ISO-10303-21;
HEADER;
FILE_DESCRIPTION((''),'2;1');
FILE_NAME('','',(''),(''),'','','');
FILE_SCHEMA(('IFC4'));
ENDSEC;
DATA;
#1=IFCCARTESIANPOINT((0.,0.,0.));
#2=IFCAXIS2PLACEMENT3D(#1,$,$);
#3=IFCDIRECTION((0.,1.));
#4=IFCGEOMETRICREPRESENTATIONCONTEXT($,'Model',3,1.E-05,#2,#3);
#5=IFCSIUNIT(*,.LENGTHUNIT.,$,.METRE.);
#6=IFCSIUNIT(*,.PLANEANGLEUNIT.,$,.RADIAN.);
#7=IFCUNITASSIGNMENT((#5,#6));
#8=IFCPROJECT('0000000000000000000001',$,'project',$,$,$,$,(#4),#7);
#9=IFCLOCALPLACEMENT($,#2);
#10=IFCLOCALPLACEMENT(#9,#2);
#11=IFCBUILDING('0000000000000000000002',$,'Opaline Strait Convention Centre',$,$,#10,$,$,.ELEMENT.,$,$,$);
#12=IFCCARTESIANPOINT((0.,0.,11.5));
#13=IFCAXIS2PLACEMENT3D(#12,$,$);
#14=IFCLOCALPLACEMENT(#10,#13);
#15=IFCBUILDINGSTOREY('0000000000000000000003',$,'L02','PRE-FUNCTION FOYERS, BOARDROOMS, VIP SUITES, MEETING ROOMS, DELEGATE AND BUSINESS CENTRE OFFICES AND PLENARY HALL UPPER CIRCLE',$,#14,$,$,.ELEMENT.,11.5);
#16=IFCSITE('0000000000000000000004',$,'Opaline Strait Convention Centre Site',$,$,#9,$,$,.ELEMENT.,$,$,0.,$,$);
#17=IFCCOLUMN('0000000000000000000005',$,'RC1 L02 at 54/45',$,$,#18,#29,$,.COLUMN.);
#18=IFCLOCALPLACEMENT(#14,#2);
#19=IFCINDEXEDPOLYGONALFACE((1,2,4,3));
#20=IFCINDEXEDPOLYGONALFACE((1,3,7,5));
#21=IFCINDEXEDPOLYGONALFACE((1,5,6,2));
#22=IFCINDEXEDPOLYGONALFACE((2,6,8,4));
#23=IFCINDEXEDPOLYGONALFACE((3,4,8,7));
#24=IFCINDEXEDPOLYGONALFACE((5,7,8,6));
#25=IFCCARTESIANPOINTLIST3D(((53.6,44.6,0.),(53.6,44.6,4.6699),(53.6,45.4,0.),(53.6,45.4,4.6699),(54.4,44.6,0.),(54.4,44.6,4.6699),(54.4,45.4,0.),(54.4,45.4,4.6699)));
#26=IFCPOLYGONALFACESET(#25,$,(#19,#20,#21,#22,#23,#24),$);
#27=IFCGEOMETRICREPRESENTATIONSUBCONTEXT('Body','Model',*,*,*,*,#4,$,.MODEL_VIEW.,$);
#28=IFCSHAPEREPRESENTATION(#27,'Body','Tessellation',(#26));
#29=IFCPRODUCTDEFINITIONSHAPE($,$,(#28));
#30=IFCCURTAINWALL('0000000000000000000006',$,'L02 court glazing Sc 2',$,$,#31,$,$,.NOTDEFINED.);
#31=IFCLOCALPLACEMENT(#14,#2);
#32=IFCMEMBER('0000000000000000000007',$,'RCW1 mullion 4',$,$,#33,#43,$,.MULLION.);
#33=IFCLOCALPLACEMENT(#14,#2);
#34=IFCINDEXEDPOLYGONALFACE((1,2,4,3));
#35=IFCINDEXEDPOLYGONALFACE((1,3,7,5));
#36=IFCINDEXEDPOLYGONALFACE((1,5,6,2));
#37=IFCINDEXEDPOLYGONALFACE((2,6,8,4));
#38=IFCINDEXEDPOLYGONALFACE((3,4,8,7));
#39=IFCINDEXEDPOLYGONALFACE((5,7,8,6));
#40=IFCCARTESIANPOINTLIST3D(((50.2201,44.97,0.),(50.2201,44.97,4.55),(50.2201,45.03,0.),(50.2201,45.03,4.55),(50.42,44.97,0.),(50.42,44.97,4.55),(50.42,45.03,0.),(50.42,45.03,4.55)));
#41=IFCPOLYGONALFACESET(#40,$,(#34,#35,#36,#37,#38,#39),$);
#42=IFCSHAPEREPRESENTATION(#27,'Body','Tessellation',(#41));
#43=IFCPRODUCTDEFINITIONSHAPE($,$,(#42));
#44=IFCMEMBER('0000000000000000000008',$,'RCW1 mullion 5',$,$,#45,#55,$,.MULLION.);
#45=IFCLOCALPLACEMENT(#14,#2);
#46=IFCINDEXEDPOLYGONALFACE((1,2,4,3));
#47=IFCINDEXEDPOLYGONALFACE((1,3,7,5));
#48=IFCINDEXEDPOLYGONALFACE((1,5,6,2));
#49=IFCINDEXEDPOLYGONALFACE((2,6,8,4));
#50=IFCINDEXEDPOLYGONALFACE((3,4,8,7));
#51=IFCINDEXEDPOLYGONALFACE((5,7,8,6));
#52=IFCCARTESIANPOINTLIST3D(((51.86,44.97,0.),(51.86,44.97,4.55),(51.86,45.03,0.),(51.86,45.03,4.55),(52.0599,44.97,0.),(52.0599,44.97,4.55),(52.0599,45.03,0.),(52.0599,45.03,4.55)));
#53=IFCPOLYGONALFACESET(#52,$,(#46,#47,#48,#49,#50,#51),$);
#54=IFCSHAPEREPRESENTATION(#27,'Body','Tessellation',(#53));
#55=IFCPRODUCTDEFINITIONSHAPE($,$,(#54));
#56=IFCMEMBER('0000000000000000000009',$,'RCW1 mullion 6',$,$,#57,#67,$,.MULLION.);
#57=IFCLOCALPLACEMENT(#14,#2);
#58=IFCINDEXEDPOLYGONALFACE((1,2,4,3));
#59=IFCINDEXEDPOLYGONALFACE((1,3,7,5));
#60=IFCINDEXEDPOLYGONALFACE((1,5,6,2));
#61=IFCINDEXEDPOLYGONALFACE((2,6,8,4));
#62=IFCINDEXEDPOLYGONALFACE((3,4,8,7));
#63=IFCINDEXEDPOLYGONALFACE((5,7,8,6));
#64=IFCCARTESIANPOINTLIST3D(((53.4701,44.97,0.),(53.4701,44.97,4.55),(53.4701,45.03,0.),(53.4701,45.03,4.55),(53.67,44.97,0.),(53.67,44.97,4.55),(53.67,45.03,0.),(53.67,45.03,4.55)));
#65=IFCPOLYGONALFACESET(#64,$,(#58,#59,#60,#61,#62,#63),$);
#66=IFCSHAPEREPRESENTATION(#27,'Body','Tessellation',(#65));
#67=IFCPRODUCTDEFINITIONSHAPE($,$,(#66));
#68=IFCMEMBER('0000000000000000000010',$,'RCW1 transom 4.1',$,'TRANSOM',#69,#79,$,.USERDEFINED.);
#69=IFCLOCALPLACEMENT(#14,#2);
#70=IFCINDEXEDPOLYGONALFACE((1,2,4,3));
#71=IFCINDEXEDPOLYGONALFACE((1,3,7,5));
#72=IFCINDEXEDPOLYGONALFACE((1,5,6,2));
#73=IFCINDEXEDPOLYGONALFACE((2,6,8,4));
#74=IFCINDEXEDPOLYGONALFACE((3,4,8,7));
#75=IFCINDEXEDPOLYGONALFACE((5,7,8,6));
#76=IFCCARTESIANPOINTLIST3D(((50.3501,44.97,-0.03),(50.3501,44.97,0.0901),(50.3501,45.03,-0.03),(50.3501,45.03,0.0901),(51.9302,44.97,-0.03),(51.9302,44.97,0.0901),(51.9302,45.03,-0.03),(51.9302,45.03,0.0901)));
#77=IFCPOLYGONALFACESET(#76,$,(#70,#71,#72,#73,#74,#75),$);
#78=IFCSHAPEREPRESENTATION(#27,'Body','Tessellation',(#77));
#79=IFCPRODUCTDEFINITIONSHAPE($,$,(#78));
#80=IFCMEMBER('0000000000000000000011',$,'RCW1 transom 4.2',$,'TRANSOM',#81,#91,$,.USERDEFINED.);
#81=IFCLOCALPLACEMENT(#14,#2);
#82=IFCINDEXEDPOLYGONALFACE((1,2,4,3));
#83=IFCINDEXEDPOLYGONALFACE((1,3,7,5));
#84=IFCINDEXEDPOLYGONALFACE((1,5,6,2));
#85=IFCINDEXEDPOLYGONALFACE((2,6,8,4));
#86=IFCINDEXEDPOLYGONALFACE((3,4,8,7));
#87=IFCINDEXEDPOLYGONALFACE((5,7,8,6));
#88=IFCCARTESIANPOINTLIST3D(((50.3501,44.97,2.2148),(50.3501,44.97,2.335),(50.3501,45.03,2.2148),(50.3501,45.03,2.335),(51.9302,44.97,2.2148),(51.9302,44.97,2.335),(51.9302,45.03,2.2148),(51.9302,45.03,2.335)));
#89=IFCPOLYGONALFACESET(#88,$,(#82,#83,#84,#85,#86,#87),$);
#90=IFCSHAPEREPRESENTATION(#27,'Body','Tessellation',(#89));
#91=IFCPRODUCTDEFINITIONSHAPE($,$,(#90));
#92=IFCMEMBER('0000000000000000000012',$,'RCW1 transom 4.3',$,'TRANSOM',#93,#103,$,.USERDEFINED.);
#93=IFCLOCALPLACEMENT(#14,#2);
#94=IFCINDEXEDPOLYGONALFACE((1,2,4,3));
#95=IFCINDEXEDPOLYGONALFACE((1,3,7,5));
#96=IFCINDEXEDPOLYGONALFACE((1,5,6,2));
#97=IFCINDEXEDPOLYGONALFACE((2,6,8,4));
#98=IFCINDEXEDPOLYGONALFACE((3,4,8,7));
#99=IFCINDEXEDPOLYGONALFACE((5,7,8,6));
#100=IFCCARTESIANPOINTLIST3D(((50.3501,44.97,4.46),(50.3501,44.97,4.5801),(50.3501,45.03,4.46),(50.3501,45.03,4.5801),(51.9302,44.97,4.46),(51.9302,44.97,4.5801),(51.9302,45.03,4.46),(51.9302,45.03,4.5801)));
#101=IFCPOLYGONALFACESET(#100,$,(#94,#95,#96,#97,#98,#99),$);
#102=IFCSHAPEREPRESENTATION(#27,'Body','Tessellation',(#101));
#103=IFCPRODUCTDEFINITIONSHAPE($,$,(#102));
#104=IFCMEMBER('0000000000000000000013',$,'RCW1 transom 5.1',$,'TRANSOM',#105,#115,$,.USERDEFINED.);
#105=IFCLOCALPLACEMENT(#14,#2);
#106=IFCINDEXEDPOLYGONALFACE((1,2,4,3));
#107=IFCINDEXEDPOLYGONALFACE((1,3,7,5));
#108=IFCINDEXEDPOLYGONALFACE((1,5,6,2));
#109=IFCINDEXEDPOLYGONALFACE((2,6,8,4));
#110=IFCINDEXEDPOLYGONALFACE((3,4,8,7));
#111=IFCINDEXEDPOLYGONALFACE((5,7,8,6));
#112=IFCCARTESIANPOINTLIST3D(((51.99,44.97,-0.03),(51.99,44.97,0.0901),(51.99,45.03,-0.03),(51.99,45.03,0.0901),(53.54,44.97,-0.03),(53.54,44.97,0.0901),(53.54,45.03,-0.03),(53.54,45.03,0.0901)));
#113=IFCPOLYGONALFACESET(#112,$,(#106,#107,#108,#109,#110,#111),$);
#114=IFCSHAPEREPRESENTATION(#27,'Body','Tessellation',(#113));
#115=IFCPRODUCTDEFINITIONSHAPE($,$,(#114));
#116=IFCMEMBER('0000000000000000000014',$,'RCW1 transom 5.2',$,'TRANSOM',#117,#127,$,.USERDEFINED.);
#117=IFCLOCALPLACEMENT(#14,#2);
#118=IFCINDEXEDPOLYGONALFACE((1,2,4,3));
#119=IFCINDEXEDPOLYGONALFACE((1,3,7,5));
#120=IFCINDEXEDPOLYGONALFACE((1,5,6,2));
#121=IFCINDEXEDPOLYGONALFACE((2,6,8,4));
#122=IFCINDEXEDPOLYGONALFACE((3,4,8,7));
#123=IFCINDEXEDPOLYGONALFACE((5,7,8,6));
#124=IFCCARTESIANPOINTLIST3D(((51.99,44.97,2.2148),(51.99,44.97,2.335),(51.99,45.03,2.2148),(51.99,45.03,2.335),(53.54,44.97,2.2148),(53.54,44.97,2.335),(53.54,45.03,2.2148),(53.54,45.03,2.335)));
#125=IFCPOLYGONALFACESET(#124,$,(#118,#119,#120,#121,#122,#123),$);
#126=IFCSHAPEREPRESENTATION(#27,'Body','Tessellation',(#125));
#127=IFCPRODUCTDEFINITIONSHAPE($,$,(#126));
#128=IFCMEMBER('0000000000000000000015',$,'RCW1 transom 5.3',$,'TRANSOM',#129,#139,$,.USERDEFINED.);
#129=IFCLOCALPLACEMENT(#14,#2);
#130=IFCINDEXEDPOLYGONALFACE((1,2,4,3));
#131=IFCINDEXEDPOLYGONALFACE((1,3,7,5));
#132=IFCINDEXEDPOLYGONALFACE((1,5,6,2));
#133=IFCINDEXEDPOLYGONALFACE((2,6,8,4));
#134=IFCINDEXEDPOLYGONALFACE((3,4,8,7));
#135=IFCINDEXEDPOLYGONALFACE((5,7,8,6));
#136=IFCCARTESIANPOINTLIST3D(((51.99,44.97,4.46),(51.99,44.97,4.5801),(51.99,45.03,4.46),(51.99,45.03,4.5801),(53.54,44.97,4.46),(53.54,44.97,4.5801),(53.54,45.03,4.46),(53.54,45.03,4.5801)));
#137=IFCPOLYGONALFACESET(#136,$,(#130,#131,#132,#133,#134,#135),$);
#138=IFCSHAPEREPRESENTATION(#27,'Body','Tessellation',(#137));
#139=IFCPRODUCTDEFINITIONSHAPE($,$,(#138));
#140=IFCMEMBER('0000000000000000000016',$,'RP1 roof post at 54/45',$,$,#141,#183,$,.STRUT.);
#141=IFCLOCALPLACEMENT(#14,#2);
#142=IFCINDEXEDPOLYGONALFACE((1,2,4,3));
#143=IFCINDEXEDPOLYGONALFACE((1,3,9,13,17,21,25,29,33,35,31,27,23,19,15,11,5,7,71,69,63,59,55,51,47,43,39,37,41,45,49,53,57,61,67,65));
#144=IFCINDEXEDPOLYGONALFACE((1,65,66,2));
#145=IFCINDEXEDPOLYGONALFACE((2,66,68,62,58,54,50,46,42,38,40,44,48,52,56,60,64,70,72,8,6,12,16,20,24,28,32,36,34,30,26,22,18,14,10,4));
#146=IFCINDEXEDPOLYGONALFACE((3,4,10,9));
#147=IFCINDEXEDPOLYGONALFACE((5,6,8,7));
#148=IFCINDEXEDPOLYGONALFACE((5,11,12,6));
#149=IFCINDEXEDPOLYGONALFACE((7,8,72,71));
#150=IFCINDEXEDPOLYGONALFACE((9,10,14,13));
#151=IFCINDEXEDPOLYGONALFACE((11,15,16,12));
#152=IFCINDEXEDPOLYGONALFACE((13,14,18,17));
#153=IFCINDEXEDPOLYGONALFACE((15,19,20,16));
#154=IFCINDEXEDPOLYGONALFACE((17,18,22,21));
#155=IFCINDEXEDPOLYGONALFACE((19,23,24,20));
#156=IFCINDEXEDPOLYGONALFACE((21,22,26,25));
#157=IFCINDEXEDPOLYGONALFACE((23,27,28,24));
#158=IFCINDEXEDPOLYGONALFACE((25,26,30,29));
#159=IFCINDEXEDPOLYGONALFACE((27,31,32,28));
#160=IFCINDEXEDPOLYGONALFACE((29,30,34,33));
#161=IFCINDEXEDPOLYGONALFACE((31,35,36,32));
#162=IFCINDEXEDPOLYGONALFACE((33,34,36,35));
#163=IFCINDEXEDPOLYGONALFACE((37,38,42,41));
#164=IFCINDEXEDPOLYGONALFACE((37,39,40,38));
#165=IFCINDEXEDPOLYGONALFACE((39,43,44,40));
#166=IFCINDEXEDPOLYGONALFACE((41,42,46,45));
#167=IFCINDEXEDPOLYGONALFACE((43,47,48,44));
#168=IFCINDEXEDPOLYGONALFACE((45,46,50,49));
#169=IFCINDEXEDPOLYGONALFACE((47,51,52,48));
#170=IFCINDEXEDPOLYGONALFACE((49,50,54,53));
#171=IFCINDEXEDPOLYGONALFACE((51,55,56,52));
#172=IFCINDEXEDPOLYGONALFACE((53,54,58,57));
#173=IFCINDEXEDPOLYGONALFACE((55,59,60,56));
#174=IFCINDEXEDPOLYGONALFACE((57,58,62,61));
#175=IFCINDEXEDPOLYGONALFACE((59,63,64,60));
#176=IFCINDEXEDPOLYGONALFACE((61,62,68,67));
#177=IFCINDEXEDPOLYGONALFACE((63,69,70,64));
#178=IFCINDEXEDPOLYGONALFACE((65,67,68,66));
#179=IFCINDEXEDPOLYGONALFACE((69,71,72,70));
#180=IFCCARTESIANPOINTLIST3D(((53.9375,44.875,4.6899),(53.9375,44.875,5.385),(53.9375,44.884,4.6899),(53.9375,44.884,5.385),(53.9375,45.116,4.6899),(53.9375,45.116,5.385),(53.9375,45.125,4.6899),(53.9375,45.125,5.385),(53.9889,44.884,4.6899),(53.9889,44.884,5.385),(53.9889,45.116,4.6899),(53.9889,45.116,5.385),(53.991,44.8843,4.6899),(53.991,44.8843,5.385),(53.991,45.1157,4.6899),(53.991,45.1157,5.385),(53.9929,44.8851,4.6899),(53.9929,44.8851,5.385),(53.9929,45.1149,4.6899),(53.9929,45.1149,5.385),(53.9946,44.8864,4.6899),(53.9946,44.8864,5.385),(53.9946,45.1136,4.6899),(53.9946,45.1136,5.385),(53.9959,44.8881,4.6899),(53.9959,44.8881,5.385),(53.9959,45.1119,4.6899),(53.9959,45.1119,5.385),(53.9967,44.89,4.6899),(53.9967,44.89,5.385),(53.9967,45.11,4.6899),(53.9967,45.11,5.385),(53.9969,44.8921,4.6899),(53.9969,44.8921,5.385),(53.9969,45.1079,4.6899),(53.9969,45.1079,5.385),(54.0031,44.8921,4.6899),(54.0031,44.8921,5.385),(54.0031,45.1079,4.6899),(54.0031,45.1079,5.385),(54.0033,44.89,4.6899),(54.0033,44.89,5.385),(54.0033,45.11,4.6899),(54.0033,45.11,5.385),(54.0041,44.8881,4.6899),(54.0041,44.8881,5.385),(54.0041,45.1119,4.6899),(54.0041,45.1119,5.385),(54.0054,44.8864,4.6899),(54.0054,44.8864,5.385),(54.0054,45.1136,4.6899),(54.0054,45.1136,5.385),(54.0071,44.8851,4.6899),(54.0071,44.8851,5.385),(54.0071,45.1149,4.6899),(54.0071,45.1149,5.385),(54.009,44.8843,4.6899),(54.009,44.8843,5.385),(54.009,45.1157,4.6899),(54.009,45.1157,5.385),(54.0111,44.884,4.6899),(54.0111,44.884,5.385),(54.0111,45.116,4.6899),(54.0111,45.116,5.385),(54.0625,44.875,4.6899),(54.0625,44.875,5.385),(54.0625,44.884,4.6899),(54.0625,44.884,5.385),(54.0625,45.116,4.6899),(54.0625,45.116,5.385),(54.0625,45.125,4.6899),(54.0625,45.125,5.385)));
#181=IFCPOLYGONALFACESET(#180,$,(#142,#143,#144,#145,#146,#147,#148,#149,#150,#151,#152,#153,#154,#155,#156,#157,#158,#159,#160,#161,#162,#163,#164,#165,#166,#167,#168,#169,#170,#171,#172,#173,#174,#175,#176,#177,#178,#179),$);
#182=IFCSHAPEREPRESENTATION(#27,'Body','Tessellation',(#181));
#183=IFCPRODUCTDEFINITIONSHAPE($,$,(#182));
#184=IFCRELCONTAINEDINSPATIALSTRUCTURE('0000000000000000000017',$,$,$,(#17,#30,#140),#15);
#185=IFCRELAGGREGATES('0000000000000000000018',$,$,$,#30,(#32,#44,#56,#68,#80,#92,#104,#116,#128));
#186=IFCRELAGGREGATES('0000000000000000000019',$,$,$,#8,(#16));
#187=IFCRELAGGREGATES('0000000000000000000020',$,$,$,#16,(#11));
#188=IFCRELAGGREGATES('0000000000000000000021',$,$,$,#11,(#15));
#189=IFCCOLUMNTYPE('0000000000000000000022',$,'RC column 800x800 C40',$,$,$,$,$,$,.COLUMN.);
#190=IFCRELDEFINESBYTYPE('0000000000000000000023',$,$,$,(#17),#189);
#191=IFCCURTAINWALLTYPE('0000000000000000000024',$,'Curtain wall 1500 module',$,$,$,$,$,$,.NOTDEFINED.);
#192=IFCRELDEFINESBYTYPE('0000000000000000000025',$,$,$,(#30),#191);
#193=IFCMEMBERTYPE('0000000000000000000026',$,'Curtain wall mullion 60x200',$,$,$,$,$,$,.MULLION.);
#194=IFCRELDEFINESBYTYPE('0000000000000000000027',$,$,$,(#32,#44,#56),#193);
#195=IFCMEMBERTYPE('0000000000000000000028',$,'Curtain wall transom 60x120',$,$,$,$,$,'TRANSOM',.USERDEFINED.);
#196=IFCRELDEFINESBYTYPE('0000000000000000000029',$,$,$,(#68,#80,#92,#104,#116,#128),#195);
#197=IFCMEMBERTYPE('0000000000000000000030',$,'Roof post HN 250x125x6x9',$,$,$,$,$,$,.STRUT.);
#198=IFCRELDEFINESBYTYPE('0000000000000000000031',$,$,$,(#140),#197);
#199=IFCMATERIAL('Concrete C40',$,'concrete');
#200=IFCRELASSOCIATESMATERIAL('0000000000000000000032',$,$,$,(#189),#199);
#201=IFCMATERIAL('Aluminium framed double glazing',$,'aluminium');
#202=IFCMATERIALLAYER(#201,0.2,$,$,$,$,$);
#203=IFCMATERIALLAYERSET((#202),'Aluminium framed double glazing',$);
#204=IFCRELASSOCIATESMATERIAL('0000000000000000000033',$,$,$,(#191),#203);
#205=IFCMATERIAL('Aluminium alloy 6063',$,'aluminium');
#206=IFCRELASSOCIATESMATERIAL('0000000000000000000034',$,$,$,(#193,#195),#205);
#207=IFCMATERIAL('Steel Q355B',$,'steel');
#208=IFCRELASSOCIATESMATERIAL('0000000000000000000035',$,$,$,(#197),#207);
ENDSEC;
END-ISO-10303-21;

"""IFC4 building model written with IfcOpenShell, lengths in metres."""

from ifc_helpers import new_model, si_unit, direction, frame, origin, origin_2d, place, context, subcontext, project, spatial, rectangle, i_section, extrude, material, layer, layer_set, material_profile, profile_set, type_object, element, aggregate, save


model = new_model("IFC4")

# Units and contexts
model_context = context("Model", 3, precision=1e-05, world=origin(), true_north=direction((0.0, 1.0)))
body_context = subcontext(model_context, "Body", "Model", "MODEL_VIEW")
ifc_project = project(units=[si_unit("LENGTHUNIT", "METRE"), si_unit("PLANEANGLEUNIT", "RADIAN")], contexts=[model_context])

# Site, building, storey
site_placement = place(None, origin())
site = spatial("IfcSite", under=ifc_project, at=site_placement, Name="Opaline Strait Convention Centre Site", CompositionType="ELEMENT", RefElevation=0.0)
building_placement = place(site_placement, origin())
building = spatial("IfcBuilding", under=site, at=building_placement, Name="Opaline Strait Convention Centre", CompositionType="ELEMENT")
storey_placement = place(building_placement, frame((0.0, 0.0, 11.5)))
storey = spatial("IfcBuildingStorey", under=building, at=storey_placement, Name="L02", Description="PRE-FUNCTION FOYERS, BOARDROOMS, VIP SUITES, MEETING ROOMS, DELEGATE AND BUSINESS CENTRE OFFICES AND PLENARY HALL UPPER CIRCLE", CompositionType="ELEMENT", Elevation=11.5)

# Column
ifc_material_1 = material(Name="Concrete C40", Category="concrete")
ifc_material_profile_1 = material_profile(ifc_material_1, rectangle(XDim=0.8, YDim=0.8, at=origin_2d()), Name="RC 800x800")
ifc_profile_set_1 = profile_set([ifc_material_profile_1], Name="Concrete C40")
column_type = type_object("IfcColumnType", Name="RC column 800x800 C40", PredefinedType="COLUMN", material=ifc_profile_set_1)
column_placement = place(storey_placement, frame((54.0, 45.0, 0.0), z_axis=(0.0, 0.0, 1.0), x_axis=(1.0, 0.0, 0.0)))
element("IfcColumn", 1, at=column_placement, inside=storey, type_object=column_type, Name="RC1 L02 at 54/45", PredefinedType="COLUMN", context=body_context, shape_type="SweptSolid", body=[
    extrude(rectangle(XDim=0.8, YDim=0.8, at=origin_2d()), origin(), (0.0, 0.0, 1.0), 4.6699),
])

# Curtain wall, members
ifc_material_2 = material(Name="Aluminium framed double glazing", Category="aluminium")
ifc_layer_1 = layer(ifc_material_2, 0.2)
ifc_layer_set_1 = layer_set([ifc_layer_1], Name="Aluminium framed double glazing")
curtain_wall_type = type_object("IfcCurtainWallType", Name="Curtain wall 1500 module", PredefinedType="NOTDEFINED", material=ifc_layer_set_1)
curtain_wall_placement = place(storey_placement, origin())
curtain_wall = element("IfcCurtainWall", 2, at=curtain_wall_placement, inside=storey, type_object=curtain_wall_type, Name="L02 court glazing Sc 2", PredefinedType="NOTDEFINED")
ifc_material_3 = material(Name="Aluminium alloy 6063", Category="aluminium")
ifc_material_profile_2 = material_profile(ifc_material_3, rectangle(XDim=0.0601, YDim=0.2, at=origin_2d()), Name="Curtain wall mullion 60x200")
ifc_profile_set_2 = profile_set([ifc_material_profile_2], Name="Aluminium alloy 6063")
member_type_1 = type_object("IfcMemberType", Name="Curtain wall mullion 60x200", PredefinedType="MULLION", material=ifc_profile_set_2)
member_1_placement = place(storey_placement, frame((50.3201, 45.0, 0.0), z_axis=(0.0, 0.0, 1.0), x_axis=(0.0, 1.0, 0.0)))
member_1 = element("IfcMember", 3, at=member_1_placement, type_object=member_type_1, Name="RCW1 mullion 4", PredefinedType="MULLION", context=body_context, shape_type="SweptSolid", body=[
    extrude(rectangle(XDim=0.0601, YDim=0.2, at=origin_2d()), origin(), (0.0, 0.0, 1.0), 4.55),
])
member_2_placement = place(storey_placement, frame((51.96, 45.0, 0.0), z_axis=(0.0, 0.0, 1.0), x_axis=(0.0, 1.0, 0.0)))
member_2 = element("IfcMember", 4, at=member_2_placement, type_object=member_type_1, Name="RCW1 mullion 5", PredefinedType="MULLION", context=body_context, shape_type="SweptSolid", body=[
    extrude(rectangle(XDim=0.0601, YDim=0.2, at=origin_2d()), origin(), (0.0, 0.0, 1.0), 4.55),
])
member_3_placement = place(storey_placement, frame((53.5701, 45.0, 0.0), z_axis=(0.0, 0.0, 1.0), x_axis=(0.0, 1.0, 0.0)))
member_3 = element("IfcMember", 5, at=member_3_placement, type_object=member_type_1, Name="RCW1 mullion 6", PredefinedType="MULLION", context=body_context, shape_type="SweptSolid", body=[
    extrude(rectangle(XDim=0.0601, YDim=0.2, at=origin_2d()), origin(), (0.0, 0.0, 1.0), 4.55),
])
ifc_material_profile_3 = material_profile(ifc_material_3, rectangle(XDim=0.0601, YDim=0.1201, at=origin_2d()), Name="Curtain wall transom 60x120")
ifc_profile_set_3 = profile_set([ifc_material_profile_3], Name="Aluminium alloy 6063")
member_type_2 = type_object("IfcMemberType", Name="Curtain wall transom 60x120", ElementType="TRANSOM", PredefinedType="USERDEFINED", material=ifc_profile_set_3)
member_4_placement = place(storey_placement, frame((50.3501, 45.0, 0.03), z_axis=(1.0, 0.0, 0.0), x_axis=(0.0, 1.0, 0.0)))
member_4 = element("IfcMember", 6, at=member_4_placement, type_object=member_type_2, Name="RCW1 transom 4.1", ObjectType="TRANSOM", PredefinedType="USERDEFINED", context=body_context, shape_type="SweptSolid", body=[
    extrude(rectangle(XDim=0.0601, YDim=0.1201, at=origin_2d()), origin(), (0.0, 0.0, 1.0), 1.5801),
])
member_5_placement = place(storey_placement, frame((50.3501, 45.0, 2.2749), z_axis=(1.0, 0.0, 0.0), x_axis=(0.0, 1.0, 0.0)))
member_5 = element("IfcMember", 7, at=member_5_placement, type_object=member_type_2, Name="RCW1 transom 4.2", ObjectType="TRANSOM", PredefinedType="USERDEFINED", context=body_context, shape_type="SweptSolid", body=[
    extrude(rectangle(XDim=0.0601, YDim=0.1201, at=origin_2d()), origin(), (0.0, 0.0, 1.0), 1.5801),
])
member_6_placement = place(storey_placement, frame((50.3501, 45.0, 4.52), z_axis=(1.0, 0.0, 0.0), x_axis=(0.0, 1.0, 0.0)))
member_6 = element("IfcMember", 8, at=member_6_placement, type_object=member_type_2, Name="RCW1 transom 4.3", ObjectType="TRANSOM", PredefinedType="USERDEFINED", context=body_context, shape_type="SweptSolid", body=[
    extrude(rectangle(XDim=0.0601, YDim=0.1201, at=origin_2d()), origin(), (0.0, 0.0, 1.0), 1.5801),
])
member_7_placement = place(storey_placement, frame((51.99, 45.0, 0.03), z_axis=(1.0, 0.0, 0.0), x_axis=(0.0, 1.0, 0.0)))
member_7 = element("IfcMember", 9, at=member_7_placement, type_object=member_type_2, Name="RCW1 transom 5.1", ObjectType="TRANSOM", PredefinedType="USERDEFINED", context=body_context, shape_type="SweptSolid", body=[
    extrude(rectangle(XDim=0.0601, YDim=0.1201, at=origin_2d()), origin(), (0.0, 0.0, 1.0), 1.55),
])
member_8_placement = place(storey_placement, frame((51.99, 45.0, 2.2749), z_axis=(1.0, 0.0, 0.0), x_axis=(0.0, 1.0, 0.0)))
member_8 = element("IfcMember", 10, at=member_8_placement, type_object=member_type_2, Name="RCW1 transom 5.2", ObjectType="TRANSOM", PredefinedType="USERDEFINED", context=body_context, shape_type="SweptSolid", body=[
    extrude(rectangle(XDim=0.0601, YDim=0.1201, at=origin_2d()), origin(), (0.0, 0.0, 1.0), 1.55),
])
member_9_placement = place(storey_placement, frame((51.99, 45.0, 4.52), z_axis=(1.0, 0.0, 0.0), x_axis=(0.0, 1.0, 0.0)))
member_9 = element("IfcMember", 11, at=member_9_placement, type_object=member_type_2, Name="RCW1 transom 5.3", ObjectType="TRANSOM", PredefinedType="USERDEFINED", context=body_context, shape_type="SweptSolid", body=[
    extrude(rectangle(XDim=0.0601, YDim=0.1201, at=origin_2d()), origin(), (0.0, 0.0, 1.0), 1.55),
])

# Member
ifc_material_4 = material(Name="Steel Q355B", Category="steel")
ifc_material_profile_4 = material_profile(ifc_material_4, i_section(OverallWidth=0.125, OverallDepth=0.25, WebThickness=0.0061, FlangeThickness=0.009, FilletRadius=0.0081, at=origin_2d()), Name="HN 250x125x6x9")
ifc_profile_set_4 = profile_set([ifc_material_profile_4], Name="Steel Q355B")
member_type_3 = type_object("IfcMemberType", Name="Roof post HN 250x125x6x9", PredefinedType="STRUT", material=ifc_profile_set_4)
member_10_placement = place(storey_placement, frame((54.0, 45.0, 4.6899), z_axis=(0.0, 0.0, 1.0), x_axis=(1.0, 0.0, 0.0)))
element("IfcMember", 12, at=member_10_placement, inside=storey, type_object=member_type_3, Name="RP1 roof post at 54/45", PredefinedType="STRUT", context=body_context, shape_type="SweptSolid", body=[
    extrude(i_section(OverallWidth=0.125, OverallDepth=0.25, WebThickness=0.0061, FlangeThickness=0.009, FilletRadius=0.0081, at=origin_2d()), origin(), (0.0, 0.0, 1.0), 0.6951),
])

aggregate(curtain_wall, [member_1, member_2, member_3, member_4, member_5, member_6, member_7, member_8, member_9])

save(model, "model.ifc")
